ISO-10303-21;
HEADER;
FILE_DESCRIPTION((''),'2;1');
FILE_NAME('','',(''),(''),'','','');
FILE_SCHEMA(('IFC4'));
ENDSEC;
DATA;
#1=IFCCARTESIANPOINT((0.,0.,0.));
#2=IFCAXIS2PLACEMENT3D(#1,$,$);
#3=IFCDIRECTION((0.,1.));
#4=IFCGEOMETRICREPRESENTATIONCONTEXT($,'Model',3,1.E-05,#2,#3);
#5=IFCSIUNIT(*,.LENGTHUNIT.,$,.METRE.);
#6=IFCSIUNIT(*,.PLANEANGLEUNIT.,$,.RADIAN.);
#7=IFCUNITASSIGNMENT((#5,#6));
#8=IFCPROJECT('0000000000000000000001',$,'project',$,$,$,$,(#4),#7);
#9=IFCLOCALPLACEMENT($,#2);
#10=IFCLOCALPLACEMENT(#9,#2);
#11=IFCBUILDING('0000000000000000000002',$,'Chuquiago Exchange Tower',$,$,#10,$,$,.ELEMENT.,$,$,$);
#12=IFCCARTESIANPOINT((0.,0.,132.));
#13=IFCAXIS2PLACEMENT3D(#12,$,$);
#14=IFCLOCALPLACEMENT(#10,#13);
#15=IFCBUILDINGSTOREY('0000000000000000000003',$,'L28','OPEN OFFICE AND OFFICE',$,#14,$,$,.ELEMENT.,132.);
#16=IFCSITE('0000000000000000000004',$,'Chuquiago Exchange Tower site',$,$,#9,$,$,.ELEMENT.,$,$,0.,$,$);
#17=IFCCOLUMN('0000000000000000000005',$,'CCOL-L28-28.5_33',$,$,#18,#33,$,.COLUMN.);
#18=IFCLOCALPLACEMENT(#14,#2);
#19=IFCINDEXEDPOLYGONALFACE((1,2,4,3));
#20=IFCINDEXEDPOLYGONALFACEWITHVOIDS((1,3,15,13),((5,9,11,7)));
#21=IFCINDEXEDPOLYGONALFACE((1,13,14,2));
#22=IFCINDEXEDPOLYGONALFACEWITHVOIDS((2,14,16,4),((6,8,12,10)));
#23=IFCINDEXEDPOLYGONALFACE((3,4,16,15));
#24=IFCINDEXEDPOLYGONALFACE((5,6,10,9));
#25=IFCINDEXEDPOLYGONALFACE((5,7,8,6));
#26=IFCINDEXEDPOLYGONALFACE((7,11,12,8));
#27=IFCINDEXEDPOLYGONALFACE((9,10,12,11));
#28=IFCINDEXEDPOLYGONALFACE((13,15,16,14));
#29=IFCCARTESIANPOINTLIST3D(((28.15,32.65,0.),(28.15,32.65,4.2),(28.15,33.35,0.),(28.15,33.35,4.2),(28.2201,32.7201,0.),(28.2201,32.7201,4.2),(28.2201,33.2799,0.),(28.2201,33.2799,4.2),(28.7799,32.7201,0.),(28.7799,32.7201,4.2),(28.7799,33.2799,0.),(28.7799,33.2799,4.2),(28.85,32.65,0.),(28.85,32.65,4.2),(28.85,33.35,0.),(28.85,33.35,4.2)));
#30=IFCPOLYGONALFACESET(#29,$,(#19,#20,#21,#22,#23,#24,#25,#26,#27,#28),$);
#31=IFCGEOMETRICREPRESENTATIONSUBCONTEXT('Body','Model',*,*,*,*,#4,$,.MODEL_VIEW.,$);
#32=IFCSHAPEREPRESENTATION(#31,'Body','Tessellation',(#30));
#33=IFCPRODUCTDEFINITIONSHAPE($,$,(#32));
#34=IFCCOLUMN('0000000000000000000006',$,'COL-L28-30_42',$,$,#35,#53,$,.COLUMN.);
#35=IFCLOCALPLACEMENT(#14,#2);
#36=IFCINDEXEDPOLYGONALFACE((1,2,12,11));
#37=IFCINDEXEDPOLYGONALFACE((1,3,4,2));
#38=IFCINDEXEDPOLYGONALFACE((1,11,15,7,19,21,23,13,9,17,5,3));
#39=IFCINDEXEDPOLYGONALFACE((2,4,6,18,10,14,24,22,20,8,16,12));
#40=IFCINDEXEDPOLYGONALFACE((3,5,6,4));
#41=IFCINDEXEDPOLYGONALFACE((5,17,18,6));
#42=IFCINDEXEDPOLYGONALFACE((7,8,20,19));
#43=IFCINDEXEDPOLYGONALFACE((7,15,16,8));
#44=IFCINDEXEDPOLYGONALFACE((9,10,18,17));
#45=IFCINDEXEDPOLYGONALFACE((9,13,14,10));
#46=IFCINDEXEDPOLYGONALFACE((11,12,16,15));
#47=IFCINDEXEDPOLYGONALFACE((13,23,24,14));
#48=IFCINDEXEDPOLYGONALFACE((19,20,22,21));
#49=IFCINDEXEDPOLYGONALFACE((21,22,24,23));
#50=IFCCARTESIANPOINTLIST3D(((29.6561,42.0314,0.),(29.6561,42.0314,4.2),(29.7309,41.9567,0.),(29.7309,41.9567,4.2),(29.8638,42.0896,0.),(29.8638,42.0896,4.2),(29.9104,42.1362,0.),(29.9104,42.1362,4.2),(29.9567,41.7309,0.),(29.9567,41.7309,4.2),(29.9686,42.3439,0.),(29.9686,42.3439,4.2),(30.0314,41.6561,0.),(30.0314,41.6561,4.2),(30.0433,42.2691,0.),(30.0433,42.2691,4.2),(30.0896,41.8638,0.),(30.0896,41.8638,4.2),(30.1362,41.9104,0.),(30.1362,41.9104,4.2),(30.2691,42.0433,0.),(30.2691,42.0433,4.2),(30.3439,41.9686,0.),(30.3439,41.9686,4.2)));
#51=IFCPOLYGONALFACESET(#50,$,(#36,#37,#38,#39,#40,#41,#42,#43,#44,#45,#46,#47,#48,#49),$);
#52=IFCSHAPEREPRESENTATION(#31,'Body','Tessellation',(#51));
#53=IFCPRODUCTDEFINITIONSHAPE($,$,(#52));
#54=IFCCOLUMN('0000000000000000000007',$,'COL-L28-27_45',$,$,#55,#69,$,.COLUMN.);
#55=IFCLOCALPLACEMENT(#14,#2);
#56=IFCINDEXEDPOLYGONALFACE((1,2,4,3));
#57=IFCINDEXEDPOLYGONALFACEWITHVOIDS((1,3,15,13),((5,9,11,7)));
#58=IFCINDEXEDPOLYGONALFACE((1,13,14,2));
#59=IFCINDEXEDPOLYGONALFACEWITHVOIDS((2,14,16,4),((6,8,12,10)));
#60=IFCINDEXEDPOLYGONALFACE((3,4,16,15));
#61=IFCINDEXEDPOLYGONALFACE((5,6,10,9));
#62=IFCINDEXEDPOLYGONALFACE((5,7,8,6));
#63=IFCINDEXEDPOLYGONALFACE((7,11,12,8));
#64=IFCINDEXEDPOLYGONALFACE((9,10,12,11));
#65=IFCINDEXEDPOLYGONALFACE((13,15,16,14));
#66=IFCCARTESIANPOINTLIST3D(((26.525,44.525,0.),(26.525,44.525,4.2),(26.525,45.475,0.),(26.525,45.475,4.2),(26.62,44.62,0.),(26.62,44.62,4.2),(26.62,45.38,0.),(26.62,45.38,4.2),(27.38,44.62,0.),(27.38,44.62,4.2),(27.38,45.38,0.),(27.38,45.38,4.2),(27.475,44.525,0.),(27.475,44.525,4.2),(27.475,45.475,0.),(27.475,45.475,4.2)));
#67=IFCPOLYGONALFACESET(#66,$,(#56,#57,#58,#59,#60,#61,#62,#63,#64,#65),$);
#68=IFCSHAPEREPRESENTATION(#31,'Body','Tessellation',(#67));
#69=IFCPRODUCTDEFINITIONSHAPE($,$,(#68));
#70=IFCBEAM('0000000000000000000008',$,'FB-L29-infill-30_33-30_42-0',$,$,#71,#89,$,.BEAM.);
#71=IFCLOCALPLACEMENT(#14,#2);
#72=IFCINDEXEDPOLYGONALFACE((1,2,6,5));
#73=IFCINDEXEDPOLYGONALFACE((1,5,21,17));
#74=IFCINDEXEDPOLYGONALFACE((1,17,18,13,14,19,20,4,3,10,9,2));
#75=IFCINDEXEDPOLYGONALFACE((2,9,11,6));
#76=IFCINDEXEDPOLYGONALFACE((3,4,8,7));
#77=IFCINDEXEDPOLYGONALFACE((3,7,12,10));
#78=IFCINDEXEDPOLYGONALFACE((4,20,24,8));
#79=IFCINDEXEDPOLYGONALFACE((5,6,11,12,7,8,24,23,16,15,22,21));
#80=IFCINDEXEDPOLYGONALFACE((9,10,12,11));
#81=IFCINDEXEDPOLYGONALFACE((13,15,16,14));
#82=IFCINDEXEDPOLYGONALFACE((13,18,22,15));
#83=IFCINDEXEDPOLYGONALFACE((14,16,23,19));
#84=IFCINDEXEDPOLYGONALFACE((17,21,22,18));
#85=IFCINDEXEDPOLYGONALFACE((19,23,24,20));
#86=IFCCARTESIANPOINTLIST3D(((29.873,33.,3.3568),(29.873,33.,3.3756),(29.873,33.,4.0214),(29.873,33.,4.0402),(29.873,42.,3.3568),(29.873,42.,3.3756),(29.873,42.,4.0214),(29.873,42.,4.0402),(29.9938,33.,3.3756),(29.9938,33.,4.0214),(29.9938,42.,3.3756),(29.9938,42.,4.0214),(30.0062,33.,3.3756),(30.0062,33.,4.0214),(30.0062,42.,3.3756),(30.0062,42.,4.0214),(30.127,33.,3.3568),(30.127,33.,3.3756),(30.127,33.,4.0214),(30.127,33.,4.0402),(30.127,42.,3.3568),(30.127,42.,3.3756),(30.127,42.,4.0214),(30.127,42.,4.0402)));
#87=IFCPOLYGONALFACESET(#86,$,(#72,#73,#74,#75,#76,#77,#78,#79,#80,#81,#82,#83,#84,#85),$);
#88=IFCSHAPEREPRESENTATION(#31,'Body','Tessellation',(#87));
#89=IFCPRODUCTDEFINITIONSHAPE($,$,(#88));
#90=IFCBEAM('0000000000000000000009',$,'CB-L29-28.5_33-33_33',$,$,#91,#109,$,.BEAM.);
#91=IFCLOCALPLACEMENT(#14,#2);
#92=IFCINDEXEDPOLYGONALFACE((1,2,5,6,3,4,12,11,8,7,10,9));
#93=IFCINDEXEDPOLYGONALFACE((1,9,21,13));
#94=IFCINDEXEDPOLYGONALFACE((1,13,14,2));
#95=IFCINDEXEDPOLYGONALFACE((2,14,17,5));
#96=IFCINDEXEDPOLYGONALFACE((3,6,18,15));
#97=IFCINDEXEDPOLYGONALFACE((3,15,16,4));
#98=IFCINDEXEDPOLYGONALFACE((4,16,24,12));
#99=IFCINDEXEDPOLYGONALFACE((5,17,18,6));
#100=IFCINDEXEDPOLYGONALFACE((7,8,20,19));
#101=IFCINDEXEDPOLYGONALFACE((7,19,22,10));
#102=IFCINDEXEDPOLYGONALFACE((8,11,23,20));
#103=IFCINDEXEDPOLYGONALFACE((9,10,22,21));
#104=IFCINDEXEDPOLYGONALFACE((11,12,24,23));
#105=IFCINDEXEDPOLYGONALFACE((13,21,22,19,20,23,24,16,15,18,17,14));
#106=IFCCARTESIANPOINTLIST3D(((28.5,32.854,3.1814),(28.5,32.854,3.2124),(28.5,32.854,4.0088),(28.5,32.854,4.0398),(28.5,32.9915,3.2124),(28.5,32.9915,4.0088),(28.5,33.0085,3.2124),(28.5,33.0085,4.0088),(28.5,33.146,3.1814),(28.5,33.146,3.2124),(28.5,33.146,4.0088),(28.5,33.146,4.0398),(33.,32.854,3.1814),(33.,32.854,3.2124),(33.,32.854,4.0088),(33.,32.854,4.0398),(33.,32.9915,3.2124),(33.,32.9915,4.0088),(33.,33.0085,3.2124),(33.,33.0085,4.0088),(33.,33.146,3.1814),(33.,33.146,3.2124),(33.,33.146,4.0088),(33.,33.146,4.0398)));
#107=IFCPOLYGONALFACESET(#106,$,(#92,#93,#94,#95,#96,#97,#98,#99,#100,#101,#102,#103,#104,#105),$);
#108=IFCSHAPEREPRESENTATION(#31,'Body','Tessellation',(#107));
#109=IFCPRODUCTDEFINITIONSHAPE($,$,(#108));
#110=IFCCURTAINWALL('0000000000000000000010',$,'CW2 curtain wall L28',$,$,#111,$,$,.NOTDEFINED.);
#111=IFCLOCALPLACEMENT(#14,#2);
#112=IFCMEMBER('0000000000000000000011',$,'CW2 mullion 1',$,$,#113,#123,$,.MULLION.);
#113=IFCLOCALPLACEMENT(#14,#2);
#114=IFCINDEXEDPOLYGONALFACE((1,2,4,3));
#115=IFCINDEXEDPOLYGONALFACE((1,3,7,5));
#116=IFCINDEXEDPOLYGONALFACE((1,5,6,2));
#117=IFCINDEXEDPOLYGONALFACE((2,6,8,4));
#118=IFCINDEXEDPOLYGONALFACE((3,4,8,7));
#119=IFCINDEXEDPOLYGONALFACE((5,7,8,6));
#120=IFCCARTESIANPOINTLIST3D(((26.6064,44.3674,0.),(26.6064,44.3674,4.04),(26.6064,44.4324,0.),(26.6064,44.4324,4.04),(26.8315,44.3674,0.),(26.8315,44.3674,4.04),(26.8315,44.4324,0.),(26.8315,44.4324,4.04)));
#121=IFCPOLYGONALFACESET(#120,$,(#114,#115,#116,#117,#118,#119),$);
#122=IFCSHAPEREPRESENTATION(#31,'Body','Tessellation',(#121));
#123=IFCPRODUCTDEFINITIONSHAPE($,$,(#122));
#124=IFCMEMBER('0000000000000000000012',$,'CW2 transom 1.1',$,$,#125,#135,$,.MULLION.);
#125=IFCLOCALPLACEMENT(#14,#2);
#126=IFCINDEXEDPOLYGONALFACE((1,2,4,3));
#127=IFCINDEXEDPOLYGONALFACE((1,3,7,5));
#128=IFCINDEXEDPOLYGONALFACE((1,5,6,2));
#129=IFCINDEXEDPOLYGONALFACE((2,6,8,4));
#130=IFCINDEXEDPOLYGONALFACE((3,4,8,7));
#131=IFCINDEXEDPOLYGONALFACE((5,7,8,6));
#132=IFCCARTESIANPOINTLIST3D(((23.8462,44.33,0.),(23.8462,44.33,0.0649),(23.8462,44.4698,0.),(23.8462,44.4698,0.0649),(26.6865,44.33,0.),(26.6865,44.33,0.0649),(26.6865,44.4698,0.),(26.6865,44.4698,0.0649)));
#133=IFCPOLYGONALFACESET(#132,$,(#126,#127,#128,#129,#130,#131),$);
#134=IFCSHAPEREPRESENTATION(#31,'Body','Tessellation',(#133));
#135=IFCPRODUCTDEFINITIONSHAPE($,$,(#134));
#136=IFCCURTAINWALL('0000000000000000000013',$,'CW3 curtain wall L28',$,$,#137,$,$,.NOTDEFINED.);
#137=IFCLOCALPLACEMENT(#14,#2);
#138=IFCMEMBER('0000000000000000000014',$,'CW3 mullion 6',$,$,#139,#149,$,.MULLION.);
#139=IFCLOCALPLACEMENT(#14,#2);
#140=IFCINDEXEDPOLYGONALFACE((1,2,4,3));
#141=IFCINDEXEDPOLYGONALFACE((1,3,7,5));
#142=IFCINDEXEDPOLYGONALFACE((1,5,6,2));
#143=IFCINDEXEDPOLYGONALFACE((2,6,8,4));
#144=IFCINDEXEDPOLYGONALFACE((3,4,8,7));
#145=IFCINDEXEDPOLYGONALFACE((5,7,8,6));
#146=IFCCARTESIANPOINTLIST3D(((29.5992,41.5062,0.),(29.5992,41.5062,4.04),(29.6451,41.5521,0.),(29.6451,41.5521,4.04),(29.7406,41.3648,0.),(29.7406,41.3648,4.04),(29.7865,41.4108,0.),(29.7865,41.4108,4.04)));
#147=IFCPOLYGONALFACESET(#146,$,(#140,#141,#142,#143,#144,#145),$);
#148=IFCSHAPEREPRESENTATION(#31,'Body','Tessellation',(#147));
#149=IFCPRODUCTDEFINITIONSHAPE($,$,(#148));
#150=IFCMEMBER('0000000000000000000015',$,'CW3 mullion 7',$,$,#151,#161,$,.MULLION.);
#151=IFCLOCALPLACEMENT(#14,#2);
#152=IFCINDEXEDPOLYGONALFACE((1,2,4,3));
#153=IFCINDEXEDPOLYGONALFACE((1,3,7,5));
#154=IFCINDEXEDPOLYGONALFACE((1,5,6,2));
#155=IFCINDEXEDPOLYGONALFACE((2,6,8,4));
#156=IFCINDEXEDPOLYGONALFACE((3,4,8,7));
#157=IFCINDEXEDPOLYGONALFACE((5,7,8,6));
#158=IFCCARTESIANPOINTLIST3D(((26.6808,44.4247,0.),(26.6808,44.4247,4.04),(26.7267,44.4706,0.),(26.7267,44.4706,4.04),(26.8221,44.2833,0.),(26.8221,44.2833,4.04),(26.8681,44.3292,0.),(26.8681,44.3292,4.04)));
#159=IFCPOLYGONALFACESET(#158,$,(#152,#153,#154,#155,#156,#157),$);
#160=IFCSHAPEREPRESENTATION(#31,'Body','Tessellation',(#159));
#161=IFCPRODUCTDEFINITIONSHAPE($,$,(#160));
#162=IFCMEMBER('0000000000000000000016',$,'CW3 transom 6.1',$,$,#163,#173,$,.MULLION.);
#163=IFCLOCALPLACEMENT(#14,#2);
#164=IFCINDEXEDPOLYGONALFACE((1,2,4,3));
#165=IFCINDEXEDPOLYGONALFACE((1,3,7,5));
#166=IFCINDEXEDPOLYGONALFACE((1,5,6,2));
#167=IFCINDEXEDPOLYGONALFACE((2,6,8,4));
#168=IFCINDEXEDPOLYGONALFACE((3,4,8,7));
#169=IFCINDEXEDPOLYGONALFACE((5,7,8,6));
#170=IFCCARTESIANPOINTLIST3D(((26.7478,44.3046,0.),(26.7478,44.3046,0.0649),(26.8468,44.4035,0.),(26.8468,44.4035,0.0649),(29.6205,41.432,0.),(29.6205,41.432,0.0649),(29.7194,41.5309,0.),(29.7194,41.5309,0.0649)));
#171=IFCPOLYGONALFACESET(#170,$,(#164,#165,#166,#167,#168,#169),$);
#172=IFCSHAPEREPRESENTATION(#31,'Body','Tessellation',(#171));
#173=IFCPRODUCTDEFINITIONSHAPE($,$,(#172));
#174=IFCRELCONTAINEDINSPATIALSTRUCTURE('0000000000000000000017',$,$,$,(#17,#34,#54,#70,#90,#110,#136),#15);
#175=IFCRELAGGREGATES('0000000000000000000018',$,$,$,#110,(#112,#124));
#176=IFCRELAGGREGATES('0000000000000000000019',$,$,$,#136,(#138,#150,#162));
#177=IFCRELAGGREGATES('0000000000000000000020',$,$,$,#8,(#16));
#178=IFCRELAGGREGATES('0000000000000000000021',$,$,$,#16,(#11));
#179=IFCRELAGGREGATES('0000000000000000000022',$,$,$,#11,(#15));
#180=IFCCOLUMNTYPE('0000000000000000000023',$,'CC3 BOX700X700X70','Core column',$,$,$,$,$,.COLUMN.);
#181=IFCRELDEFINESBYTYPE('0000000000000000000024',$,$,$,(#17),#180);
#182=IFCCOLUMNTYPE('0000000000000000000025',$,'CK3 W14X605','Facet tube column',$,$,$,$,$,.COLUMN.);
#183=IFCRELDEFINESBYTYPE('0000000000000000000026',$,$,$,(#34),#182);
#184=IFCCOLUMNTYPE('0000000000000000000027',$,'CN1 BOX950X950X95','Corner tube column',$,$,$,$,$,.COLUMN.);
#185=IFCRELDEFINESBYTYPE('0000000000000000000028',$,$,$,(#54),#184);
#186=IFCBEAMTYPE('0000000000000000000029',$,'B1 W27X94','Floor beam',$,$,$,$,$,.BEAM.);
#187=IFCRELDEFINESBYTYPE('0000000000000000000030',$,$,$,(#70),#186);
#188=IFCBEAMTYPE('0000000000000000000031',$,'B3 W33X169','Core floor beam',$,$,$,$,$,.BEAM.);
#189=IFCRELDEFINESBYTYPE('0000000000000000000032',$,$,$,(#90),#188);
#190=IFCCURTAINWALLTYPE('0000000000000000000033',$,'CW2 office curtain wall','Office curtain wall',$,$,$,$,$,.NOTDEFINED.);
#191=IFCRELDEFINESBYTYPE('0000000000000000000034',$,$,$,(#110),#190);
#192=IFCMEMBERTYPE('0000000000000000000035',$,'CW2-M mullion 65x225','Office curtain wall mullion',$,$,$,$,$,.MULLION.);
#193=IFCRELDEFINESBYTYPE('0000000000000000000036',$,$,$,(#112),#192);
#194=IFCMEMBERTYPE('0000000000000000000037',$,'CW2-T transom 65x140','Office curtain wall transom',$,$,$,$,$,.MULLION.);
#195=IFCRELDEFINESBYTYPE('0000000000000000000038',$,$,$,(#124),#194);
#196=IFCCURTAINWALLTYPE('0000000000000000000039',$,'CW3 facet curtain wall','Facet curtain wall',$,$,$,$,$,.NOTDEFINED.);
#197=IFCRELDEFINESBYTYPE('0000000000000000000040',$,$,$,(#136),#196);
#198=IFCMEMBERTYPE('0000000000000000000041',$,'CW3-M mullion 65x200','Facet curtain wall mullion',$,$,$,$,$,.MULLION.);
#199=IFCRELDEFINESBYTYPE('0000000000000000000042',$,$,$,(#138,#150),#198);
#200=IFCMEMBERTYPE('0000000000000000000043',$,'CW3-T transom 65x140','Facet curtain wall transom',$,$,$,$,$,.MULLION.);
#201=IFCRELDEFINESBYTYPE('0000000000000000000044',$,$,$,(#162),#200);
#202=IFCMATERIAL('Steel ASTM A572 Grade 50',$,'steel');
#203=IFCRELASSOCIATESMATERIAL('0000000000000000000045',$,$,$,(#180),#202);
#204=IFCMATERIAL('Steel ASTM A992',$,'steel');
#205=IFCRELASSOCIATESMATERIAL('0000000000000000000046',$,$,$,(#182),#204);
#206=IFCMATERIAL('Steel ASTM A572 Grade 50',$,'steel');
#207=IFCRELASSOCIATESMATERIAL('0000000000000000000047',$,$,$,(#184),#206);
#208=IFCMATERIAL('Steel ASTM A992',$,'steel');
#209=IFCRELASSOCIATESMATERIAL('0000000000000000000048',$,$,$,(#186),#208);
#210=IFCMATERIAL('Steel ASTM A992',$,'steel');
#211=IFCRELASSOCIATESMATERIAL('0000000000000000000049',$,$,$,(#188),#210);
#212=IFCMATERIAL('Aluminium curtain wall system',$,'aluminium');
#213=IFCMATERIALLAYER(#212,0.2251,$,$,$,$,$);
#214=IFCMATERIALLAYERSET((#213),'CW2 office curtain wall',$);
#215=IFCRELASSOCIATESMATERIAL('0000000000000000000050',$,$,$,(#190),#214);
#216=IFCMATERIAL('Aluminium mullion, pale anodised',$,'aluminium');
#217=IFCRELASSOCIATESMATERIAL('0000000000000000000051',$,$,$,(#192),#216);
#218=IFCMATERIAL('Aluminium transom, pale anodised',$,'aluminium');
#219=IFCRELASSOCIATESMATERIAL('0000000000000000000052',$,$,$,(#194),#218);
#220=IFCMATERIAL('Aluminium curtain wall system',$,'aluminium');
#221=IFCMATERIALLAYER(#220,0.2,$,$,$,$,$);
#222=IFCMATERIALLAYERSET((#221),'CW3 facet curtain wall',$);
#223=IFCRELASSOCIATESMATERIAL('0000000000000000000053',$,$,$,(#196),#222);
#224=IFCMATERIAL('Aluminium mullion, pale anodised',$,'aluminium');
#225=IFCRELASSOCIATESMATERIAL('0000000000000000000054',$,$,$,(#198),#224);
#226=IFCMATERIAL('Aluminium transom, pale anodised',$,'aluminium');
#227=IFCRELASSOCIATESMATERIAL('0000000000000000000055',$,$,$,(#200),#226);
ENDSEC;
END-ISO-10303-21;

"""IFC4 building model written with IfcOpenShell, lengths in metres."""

from ifc_helpers import new_model, si_unit, direction, frame, origin, origin_2d, place, context, subcontext, project, spatial, rectangle, hollow_rectangle, i_section, extrude, material, layer, layer_set, material_profile, profile_set, type_object, element, aggregate, save


model = new_model("IFC4")

# Units and contexts
model_context = context("Model", 3, precision=1e-05, world=origin(), true_north=direction((0.0, 1.0)))
body_context = subcontext(model_context, "Body", "Model", "MODEL_VIEW")
ifc_project = project(units=[si_unit("LENGTHUNIT", "METRE"), si_unit("PLANEANGLEUNIT", "RADIAN")], contexts=[model_context])

# Site, building, storey
site_placement = place(None, origin())
site = spatial("IfcSite", under=ifc_project, at=site_placement, Name="Chuquiago Exchange Tower site", CompositionType="ELEMENT", RefElevation=0.0)
building_placement = place(site_placement, origin())
building = spatial("IfcBuilding", under=site, at=building_placement, Name="Chuquiago Exchange Tower", CompositionType="ELEMENT")
storey_placement = place(building_placement, frame((0.0, 0.0, 132.0)))
storey = spatial("IfcBuildingStorey", under=building, at=storey_placement, Name="L28", Description="OPEN OFFICE AND OFFICE", CompositionType="ELEMENT", Elevation=132.0)

# Columns
ifc_material_1 = material(Name="Steel ASTM A572 Grade 50", Category="steel")
ifc_material_profile_1 = material_profile(ifc_material_1, hollow_rectangle(XDim=0.7, YDim=0.7, WallThickness=0.0701, at=origin_2d()), Name="BOX700X700X70")
ifc_profile_set_1 = profile_set([ifc_material_profile_1], Name="Steel ASTM A572 Grade 50")
column_type_1 = type_object("IfcColumnType", Name="CC3 BOX700X700X70", Description="Core column", PredefinedType="COLUMN", material=ifc_profile_set_1)
column_1_placement = place(storey_placement, frame((28.5, 33.0, 0.0), z_axis=(0.0, 0.0, 1.0), x_axis=(1.0, 0.0, 0.0)))
element("IfcColumn", 1, at=column_1_placement, inside=storey, type_object=column_type_1, Name="CCOL-L28-28.5_33", PredefinedType="COLUMN", context=body_context, shape_type="SweptSolid", body=[
    extrude(hollow_rectangle(XDim=0.7, YDim=0.7, WallThickness=0.0701, at=origin_2d()), origin(), (0.0, 0.0, 1.0), 4.2),
])
ifc_material_2 = material(Name="Steel ASTM A992", Category="steel")
ifc_material_profile_2 = material_profile(ifc_material_2, i_section(OverallWidth=0.4419, OverallDepth=0.5308, WebThickness=0.0659, FlangeThickness=0.1057, at=origin_2d()), Name="W14X605")
ifc_profile_set_2 = profile_set([ifc_material_profile_2], Name="Steel ASTM A992")
column_type_2 = type_object("IfcColumnType", Name="CK3 W14X605", Description="Facet tube column", PredefinedType="COLUMN", material=ifc_profile_set_2)
column_2_placement = place(storey_placement, frame((30.0, 42.0, 0.0), z_axis=(0.0, 0.0, 1.0), x_axis=(0.707107, 0.707107, 0.0)))
element("IfcColumn", 2, at=column_2_placement, inside=storey, type_object=column_type_2, Name="COL-L28-30_42", PredefinedType="COLUMN", context=body_context, shape_type="SweptSolid", body=[
    extrude(i_section(OverallWidth=0.4419, OverallDepth=0.5308, WebThickness=0.0659, FlangeThickness=0.1057, at=origin_2d()), origin(), (0.0, 0.0, 1.0), 4.2),
])
ifc_material_3 = material(Name="Steel ASTM A572 Grade 50", Category="steel")
ifc_material_profile_3 = material_profile(ifc_material_3, hollow_rectangle(XDim=0.95, YDim=0.95, WallThickness=0.095, at=origin_2d()), Name="BOX950X950X95")
ifc_profile_set_3 = profile_set([ifc_material_profile_3], Name="Steel ASTM A572 Grade 50")
column_type_3 = type_object("IfcColumnType", Name="CN1 BOX950X950X95", Description="Corner tube column", PredefinedType="COLUMN", material=ifc_profile_set_3)
column_3_placement = place(storey_placement, frame((27.0, 45.0, 0.0), z_axis=(0.0, 0.0, 1.0), x_axis=(0.0, 1.0, 0.0)))
element("IfcColumn", 3, at=column_3_placement, inside=storey, type_object=column_type_3, Name="COL-L28-27_45", PredefinedType="COLUMN", context=body_context, shape_type="SweptSolid", body=[
    extrude(hollow_rectangle(XDim=0.95, YDim=0.95, WallThickness=0.095, at=origin_2d()), origin(), (0.0, 0.0, 1.0), 4.2),
])

# Beams
ifc_material_4 = material(Name="Steel ASTM A992", Category="steel")
ifc_material_profile_4 = material_profile(ifc_material_4, i_section(OverallWidth=0.2539, OverallDepth=0.6833, WebThickness=0.0125, FlangeThickness=0.0188, at=origin_2d()), Name="W27X94")
ifc_profile_set_4 = profile_set([ifc_material_profile_4], Name="Steel ASTM A992")
beam_type_1 = type_object("IfcBeamType", Name="B1 W27X94", Description="Floor beam", PredefinedType="BEAM", material=ifc_profile_set_4)
beam_1_placement = place(storey_placement, frame((30.0, 33.0, 3.6985), z_axis=(0.0, 1.0, 0.0), x_axis=(-1.0, 0.0, 0.0)))
element("IfcBeam", 4, at=beam_1_placement, inside=storey, type_object=beam_type_1, Name="FB-L29-infill-30_33-30_42-0", PredefinedType="BEAM", context=body_context, shape_type="SweptSolid", body=[
    extrude(i_section(OverallWidth=0.2539, OverallDepth=0.6833, WebThickness=0.0125, FlangeThickness=0.0188, at=origin_2d()), origin(), (0.0, 0.0, 1.0), 9.0),
])
ifc_material_5 = material(Name="Steel ASTM A992", Category="steel")
ifc_material_profile_5 = material_profile(ifc_material_5, i_section(OverallWidth=0.292, OverallDepth=0.8584, WebThickness=0.0171, FlangeThickness=0.031, at=origin_2d()), Name="W33X169")
ifc_profile_set_5 = profile_set([ifc_material_profile_5], Name="Steel ASTM A992")
beam_type_2 = type_object("IfcBeamType", Name="B3 W33X169", Description="Core floor beam", PredefinedType="BEAM", material=ifc_profile_set_5)
beam_2_placement = place(storey_placement, frame((28.5, 33.0, 3.6106), z_axis=(1.0, 0.0, 0.0), x_axis=(0.0, 1.0, 0.0)))
element("IfcBeam", 5, at=beam_2_placement, inside=storey, type_object=beam_type_2, Name="CB-L29-28.5_33-33_33", PredefinedType="BEAM", context=body_context, shape_type="SweptSolid", body=[
    extrude(i_section(OverallWidth=0.292, OverallDepth=0.8584, WebThickness=0.0171, FlangeThickness=0.031, at=origin_2d()), origin(), (0.0, 0.0, 1.0), 4.5),
])

# Curtain walls, members
ifc_material_6 = material(Name="Aluminium curtain wall system", Category="aluminium")
ifc_layer_1 = layer(ifc_material_6, 0.2251)
ifc_layer_set_1 = layer_set([ifc_layer_1], Name="CW2 office curtain wall")
curtain_wall_type_1 = type_object("IfcCurtainWallType", Name="CW2 office curtain wall", Description="Office curtain wall", PredefinedType="NOTDEFINED", material=ifc_layer_set_1)
curtain_wall_1_placement = place(storey_placement, origin())
curtain_wall_1 = element("IfcCurtainWall", 6, at=curtain_wall_1_placement, inside=storey, type_object=curtain_wall_type_1, Name="CW2 curtain wall L28", PredefinedType="NOTDEFINED")
ifc_material_7 = material(Name="Aluminium mullion, pale anodised", Category="aluminium")
ifc_material_profile_6 = material_profile(ifc_material_7, rectangle(XDim=0.0649, YDim=0.2251, at=origin_2d()), Name="AL 65x225")
ifc_profile_set_6 = profile_set([ifc_material_profile_6], Name="Aluminium mullion, pale anodised")
member_type_1 = type_object("IfcMemberType", Name="CW2-M mullion 65x225", Description="Office curtain wall mullion", PredefinedType="MULLION", material=ifc_profile_set_6)
member_1_placement = place(storey_placement, frame((26.719, 44.3999, 0.0), z_axis=(0.0, 0.0, 1.0), x_axis=(0.0, -1.0, 0.0)))
member_1 = element("IfcMember", 7, at=member_1_placement, type_object=member_type_1, Name="CW2 mullion 1", PredefinedType="MULLION", context=body_context, shape_type="SweptSolid", body=[
    extrude(rectangle(XDim=0.0649, YDim=0.2251, at=origin_2d()), origin(), (0.0, 0.0, 1.0), 4.04),
])
ifc_material_8 = material(Name="Aluminium transom, pale anodised", Category="aluminium")
ifc_material_profile_7 = material_profile(ifc_material_8, rectangle(XDim=0.1399, YDim=0.0649, at=origin_2d()), Name="AL 140x65")
ifc_profile_set_7 = profile_set([ifc_material_profile_7], Name="Aluminium transom, pale anodised")
member_type_2 = type_object("IfcMemberType", Name="CW2-T transom 65x140", Description="Office curtain wall transom", PredefinedType="MULLION", material=ifc_profile_set_7)
member_2_placement = place(storey_placement, frame((26.6865, 44.3999, 0.0325), z_axis=(-1.0, 0.0, 0.0), x_axis=(0.0, -1.0, 0.0)))
member_2 = element("IfcMember", 8, at=member_2_placement, type_object=member_type_2, Name="CW2 transom 1.1", PredefinedType="MULLION", context=body_context, shape_type="SweptSolid", body=[
    extrude(rectangle(XDim=0.1399, YDim=0.0649, at=origin_2d()), origin(), (0.0, 0.0, 1.0), 2.8403),
])
ifc_material_9 = material(Name="Aluminium curtain wall system", Category="aluminium")
ifc_layer_2 = layer(ifc_material_9, 0.2)
ifc_layer_set_2 = layer_set([ifc_layer_2], Name="CW3 facet curtain wall")
curtain_wall_type_2 = type_object("IfcCurtainWallType", Name="CW3 facet curtain wall", Description="Facet curtain wall", PredefinedType="NOTDEFINED", material=ifc_layer_set_2)
curtain_wall_2_placement = place(storey_placement, origin())
curtain_wall_2 = element("IfcCurtainWall", 9, at=curtain_wall_2_placement, inside=storey, type_object=curtain_wall_type_2, Name="CW3 curtain wall L28", PredefinedType="NOTDEFINED")
ifc_material_10 = material(Name="Aluminium mullion, pale anodised", Category="aluminium")
ifc_material_profile_8 = material_profile(ifc_material_10, rectangle(XDim=0.0649, YDim=0.2, at=origin_2d()), Name="AL 65x200")
ifc_profile_set_8 = profile_set([ifc_material_profile_8], Name="Aluminium mullion, pale anodised")
member_type_3 = type_object("IfcMemberType", Name="CW3-M mullion 65x200", Description="Facet curtain wall mullion", PredefinedType="MULLION", material=ifc_profile_set_8)
member_3_placement = place(storey_placement, frame((29.6929, 41.4585, 0.0), z_axis=(0.0, 0.0, 1.0), x_axis=(-0.707107, -0.707107, 0.0)))
member_3 = element("IfcMember", 10, at=member_3_placement, type_object=member_type_3, Name="CW3 mullion 6", PredefinedType="MULLION", context=body_context, shape_type="SweptSolid", body=[
    extrude(rectangle(XDim=0.0649, YDim=0.2, at=origin_2d()), origin(), (0.0, 0.0, 1.0), 4.04),
])
member_4_placement = place(storey_placement, frame((26.7744, 44.377, 0.0), z_axis=(0.0, 0.0, 1.0), x_axis=(-0.707107, -0.707107, 0.0)))
member_4 = element("IfcMember", 11, at=member_4_placement, type_object=member_type_3, Name="CW3 mullion 7", PredefinedType="MULLION", context=body_context, shape_type="SweptSolid", body=[
    extrude(rectangle(XDim=0.0649, YDim=0.2, at=origin_2d()), origin(), (0.0, 0.0, 1.0), 4.04),
])
ifc_material_11 = material(Name="Aluminium transom, pale anodised", Category="aluminium")
ifc_material_profile_9 = material_profile(ifc_material_11, rectangle(XDim=0.1399, YDim=0.0649, at=origin_2d()), Name="AL 140x65")
ifc_profile_set_9 = profile_set([ifc_material_profile_9], Name="Aluminium transom, pale anodised")
member_type_4 = type_object("IfcMemberType", Name="CW3-T transom 65x140", Description="Facet curtain wall transom", PredefinedType="MULLION", material=ifc_profile_set_9)
member_5_placement = place(storey_placement, frame((29.6699, 41.4814, 0.0325), z_axis=(-0.707107, 0.707107, 0.0), x_axis=(-0.707107, -0.707107, 0.0)))
member_5 = element("IfcMember", 12, at=member_5_placement, type_object=member_type_4, Name="CW3 transom 6.1", PredefinedType="MULLION", context=body_context, shape_type="SweptSolid", body=[
    extrude(rectangle(XDim=0.1399, YDim=0.0649, at=origin_2d()), origin(), (0.0, 0.0, 1.0), 4.0625),
])

aggregate(curtain_wall_1, [member_1, member_2])
aggregate(curtain_wall_2, [member_3, member_4, member_5])

save(model, "model.ifc")
